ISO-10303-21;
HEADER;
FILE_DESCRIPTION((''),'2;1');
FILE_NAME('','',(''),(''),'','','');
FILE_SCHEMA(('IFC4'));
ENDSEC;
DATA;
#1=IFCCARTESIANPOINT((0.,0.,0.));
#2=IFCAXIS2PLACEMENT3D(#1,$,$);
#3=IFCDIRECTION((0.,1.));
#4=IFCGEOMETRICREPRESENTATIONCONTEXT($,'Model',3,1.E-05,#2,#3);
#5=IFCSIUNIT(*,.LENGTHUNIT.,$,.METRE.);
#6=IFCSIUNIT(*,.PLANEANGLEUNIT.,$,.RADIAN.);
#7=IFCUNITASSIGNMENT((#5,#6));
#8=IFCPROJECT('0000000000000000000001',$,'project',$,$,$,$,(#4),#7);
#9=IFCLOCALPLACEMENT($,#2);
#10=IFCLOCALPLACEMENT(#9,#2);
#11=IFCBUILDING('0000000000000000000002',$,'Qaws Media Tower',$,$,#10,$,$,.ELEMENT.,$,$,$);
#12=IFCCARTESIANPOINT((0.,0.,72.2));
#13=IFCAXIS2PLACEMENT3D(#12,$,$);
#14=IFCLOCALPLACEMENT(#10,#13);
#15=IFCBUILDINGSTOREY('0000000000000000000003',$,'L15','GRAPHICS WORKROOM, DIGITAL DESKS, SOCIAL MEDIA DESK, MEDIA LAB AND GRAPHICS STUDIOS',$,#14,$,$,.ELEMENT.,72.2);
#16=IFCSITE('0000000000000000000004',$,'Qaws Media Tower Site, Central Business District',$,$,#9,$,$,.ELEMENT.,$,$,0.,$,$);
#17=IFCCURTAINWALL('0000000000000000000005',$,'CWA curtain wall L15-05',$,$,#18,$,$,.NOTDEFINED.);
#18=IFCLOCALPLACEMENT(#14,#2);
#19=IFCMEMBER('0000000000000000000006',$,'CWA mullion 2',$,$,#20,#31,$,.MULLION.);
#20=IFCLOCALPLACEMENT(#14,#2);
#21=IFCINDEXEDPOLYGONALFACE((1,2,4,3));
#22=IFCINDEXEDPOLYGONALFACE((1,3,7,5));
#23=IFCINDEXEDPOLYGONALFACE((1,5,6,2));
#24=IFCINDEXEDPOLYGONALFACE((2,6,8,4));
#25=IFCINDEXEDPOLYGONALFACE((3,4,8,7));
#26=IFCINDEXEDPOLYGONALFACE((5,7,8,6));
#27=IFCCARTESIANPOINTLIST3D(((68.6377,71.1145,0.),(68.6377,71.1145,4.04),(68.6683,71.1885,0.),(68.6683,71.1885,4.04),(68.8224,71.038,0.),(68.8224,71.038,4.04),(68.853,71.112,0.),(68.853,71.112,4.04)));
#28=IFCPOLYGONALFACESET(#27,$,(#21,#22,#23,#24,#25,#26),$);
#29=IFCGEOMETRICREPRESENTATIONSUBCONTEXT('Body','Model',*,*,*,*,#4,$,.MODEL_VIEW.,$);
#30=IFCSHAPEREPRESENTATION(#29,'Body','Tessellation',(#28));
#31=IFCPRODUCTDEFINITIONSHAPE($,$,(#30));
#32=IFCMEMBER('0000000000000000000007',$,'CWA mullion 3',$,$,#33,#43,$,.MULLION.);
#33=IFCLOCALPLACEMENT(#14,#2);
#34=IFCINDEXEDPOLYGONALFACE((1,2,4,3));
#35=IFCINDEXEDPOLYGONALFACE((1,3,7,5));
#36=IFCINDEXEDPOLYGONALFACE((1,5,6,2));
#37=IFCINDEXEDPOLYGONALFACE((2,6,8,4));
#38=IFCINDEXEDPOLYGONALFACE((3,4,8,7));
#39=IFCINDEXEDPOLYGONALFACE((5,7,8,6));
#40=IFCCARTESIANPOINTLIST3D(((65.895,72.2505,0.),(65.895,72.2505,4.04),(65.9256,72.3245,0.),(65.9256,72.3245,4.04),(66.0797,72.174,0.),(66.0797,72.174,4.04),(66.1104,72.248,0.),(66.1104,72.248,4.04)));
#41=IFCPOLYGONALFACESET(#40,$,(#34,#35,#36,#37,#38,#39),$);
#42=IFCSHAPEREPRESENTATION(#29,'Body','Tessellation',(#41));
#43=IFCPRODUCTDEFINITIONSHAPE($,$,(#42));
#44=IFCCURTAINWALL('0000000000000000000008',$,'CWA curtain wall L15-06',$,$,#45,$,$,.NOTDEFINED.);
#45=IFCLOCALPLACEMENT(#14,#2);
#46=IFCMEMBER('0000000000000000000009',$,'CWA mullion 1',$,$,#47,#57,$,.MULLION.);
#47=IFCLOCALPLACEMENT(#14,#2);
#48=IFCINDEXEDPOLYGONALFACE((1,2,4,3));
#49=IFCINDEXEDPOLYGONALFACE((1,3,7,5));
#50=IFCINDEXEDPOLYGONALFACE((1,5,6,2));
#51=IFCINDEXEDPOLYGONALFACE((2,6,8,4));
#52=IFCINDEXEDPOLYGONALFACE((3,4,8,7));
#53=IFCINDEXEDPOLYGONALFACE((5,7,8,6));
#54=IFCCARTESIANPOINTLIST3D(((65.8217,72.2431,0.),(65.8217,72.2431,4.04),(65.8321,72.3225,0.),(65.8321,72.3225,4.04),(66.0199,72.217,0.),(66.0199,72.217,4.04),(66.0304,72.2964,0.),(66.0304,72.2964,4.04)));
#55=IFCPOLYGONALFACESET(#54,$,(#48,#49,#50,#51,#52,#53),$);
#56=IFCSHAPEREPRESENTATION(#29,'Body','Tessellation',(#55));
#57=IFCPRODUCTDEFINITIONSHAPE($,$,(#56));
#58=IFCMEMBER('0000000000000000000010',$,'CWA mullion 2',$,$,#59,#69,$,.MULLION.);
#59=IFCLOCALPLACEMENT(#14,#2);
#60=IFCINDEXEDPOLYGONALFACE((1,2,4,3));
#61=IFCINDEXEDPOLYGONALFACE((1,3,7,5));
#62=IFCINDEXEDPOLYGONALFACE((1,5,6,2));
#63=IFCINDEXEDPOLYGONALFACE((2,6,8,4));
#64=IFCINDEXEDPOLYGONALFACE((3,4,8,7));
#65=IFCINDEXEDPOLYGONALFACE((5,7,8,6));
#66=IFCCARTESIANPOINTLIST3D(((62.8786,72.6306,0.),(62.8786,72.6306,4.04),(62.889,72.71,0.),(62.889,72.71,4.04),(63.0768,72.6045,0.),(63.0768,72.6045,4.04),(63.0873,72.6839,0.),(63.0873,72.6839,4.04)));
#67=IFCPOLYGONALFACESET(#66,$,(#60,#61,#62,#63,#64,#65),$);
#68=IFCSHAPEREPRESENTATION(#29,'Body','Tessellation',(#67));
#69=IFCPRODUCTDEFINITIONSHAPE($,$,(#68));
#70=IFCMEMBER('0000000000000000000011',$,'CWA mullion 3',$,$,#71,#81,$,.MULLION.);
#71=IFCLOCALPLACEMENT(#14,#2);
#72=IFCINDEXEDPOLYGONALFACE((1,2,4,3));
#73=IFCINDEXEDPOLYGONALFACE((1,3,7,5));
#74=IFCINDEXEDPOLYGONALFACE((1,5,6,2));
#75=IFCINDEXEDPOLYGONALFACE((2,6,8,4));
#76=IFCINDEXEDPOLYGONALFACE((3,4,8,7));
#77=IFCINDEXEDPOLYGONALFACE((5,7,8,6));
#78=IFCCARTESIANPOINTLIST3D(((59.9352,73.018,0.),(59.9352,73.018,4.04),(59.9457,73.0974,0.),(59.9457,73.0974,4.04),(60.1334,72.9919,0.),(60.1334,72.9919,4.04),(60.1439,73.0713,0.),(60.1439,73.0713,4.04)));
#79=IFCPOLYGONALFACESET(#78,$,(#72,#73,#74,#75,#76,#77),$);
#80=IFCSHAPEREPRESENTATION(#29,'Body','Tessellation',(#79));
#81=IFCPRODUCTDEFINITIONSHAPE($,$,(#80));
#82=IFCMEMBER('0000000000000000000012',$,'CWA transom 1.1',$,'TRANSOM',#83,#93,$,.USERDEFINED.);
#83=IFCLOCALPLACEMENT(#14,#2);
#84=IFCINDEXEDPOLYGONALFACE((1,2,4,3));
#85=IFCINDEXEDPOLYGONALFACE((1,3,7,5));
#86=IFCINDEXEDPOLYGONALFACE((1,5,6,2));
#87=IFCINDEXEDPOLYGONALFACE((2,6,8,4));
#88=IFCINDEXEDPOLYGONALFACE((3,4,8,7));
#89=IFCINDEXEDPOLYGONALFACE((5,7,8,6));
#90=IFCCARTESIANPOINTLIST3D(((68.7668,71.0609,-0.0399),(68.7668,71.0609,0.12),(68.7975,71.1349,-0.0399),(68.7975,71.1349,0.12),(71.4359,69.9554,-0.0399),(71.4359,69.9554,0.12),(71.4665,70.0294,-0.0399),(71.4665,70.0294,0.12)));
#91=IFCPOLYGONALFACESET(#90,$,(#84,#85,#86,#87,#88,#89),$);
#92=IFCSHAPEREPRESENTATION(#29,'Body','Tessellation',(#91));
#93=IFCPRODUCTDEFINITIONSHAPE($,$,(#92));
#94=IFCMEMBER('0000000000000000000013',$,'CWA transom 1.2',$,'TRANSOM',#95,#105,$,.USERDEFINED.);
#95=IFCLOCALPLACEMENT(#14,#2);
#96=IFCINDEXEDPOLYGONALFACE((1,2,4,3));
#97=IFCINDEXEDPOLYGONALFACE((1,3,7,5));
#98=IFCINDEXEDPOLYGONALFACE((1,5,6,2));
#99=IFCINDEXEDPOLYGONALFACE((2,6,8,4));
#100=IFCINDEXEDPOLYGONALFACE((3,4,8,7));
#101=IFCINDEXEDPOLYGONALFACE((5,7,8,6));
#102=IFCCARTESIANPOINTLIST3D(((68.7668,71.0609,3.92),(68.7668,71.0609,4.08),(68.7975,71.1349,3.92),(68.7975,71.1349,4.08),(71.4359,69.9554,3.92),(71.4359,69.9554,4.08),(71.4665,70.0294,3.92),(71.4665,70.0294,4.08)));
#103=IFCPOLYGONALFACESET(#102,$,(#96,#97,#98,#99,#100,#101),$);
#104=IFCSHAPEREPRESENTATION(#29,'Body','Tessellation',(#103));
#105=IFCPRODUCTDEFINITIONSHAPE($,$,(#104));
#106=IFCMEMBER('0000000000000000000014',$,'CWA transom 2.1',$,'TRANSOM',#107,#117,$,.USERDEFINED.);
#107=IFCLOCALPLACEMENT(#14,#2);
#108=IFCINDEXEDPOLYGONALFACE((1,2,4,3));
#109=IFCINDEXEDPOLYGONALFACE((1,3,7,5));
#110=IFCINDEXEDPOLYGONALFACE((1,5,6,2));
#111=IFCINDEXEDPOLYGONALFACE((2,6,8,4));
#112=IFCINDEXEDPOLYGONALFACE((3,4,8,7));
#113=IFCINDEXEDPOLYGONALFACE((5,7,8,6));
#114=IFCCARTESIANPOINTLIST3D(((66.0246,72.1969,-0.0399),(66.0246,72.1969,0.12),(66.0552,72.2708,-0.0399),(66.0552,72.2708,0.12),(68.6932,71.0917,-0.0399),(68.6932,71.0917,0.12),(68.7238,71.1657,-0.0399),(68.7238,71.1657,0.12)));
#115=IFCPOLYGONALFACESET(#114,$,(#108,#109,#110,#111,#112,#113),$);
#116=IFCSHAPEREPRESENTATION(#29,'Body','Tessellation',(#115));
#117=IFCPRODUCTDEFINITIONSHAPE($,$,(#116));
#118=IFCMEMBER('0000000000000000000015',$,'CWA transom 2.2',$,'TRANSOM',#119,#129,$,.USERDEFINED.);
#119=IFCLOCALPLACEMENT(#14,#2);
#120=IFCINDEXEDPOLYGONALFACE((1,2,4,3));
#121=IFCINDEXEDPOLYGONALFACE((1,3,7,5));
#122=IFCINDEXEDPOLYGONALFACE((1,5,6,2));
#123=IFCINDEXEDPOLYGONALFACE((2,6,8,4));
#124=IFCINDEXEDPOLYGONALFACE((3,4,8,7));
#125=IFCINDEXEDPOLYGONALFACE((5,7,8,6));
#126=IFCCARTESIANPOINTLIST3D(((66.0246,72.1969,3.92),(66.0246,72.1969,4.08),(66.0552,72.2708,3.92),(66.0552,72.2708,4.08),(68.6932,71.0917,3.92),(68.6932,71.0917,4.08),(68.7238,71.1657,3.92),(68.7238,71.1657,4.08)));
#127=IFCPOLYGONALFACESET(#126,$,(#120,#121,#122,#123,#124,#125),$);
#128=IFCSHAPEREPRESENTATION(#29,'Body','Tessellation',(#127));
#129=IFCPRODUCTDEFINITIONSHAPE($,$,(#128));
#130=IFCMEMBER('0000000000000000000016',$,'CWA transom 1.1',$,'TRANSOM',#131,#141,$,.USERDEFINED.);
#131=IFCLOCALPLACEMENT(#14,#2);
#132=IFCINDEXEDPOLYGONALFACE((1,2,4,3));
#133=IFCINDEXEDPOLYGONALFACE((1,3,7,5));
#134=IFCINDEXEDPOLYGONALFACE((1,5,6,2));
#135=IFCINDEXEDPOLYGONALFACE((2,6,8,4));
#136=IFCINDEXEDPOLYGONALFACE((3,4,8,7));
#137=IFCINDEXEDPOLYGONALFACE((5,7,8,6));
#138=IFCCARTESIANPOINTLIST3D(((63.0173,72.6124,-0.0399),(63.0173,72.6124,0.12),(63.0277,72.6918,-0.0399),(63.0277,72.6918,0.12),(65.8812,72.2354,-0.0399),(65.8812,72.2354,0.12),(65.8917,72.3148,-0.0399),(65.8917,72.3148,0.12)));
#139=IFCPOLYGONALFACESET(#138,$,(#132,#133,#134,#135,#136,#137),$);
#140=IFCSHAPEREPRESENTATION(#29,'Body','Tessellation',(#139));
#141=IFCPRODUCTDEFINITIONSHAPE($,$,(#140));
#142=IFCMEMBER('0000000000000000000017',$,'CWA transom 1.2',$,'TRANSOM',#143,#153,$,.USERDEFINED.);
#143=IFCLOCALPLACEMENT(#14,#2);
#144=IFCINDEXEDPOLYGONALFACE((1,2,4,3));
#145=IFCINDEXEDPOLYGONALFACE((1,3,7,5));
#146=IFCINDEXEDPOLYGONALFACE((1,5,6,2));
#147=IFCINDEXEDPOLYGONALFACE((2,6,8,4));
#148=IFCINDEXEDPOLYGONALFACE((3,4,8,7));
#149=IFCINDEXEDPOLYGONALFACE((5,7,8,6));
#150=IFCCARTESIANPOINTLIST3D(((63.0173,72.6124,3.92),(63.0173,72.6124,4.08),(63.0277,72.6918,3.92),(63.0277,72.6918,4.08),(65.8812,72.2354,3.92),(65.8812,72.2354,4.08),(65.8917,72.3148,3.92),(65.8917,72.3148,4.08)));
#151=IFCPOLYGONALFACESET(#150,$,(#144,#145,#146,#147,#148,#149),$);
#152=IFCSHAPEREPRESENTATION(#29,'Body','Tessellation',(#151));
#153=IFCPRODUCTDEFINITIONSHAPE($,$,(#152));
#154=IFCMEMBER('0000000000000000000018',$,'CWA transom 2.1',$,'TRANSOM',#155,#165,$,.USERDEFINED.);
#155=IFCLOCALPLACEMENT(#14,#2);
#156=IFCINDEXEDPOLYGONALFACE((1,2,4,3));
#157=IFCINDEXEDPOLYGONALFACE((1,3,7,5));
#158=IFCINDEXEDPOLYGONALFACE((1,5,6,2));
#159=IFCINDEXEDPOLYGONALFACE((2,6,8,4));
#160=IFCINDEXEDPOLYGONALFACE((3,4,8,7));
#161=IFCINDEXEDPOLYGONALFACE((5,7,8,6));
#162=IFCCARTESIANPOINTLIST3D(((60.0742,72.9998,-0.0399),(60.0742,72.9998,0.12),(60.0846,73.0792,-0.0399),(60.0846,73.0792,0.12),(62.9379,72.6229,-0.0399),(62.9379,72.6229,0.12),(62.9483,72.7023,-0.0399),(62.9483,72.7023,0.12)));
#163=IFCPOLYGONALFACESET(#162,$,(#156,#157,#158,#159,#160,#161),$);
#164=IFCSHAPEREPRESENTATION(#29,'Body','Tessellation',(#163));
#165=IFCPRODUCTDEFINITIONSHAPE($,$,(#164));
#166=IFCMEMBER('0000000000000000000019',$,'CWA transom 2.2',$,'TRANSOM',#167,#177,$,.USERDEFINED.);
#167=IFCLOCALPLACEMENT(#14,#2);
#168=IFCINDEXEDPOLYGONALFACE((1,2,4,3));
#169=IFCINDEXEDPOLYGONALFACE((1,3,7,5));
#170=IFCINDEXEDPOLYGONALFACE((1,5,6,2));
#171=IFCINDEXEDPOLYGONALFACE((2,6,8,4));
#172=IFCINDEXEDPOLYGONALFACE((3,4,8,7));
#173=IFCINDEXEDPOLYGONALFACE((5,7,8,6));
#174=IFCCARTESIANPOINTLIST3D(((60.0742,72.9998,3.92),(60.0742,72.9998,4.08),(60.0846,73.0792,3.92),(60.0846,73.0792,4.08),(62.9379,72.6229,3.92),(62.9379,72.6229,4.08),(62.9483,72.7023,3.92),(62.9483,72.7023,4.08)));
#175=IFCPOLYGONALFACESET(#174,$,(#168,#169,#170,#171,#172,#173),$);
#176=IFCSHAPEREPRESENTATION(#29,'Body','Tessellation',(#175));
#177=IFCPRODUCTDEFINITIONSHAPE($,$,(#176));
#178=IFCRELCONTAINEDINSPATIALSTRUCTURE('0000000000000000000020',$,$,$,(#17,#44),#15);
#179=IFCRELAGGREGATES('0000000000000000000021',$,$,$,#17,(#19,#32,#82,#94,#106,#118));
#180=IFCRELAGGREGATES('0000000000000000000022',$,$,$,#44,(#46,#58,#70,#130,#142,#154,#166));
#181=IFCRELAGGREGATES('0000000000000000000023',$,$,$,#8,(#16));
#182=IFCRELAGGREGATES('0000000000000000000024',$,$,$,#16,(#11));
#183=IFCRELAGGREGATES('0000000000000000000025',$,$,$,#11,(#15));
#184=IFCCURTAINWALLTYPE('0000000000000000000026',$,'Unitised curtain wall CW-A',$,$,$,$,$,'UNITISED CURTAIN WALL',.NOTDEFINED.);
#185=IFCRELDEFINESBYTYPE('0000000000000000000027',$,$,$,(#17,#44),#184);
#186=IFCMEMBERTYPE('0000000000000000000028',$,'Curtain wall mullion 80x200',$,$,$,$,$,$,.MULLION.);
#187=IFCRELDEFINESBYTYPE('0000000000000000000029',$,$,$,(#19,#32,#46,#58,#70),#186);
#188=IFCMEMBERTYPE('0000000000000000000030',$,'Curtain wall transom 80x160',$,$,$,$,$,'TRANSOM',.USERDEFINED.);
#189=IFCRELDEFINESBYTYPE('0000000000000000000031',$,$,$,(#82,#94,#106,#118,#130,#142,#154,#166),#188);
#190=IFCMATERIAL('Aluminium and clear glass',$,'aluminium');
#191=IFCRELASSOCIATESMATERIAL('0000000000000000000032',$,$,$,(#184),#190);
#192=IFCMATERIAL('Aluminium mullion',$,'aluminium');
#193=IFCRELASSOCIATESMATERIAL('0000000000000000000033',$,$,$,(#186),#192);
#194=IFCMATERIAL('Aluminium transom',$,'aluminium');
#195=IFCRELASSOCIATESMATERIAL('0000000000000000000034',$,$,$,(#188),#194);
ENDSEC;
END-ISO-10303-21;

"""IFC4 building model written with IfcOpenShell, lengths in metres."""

from ifc_helpers import new_model, si_unit, direction, frame, origin, origin_2d, place, context, subcontext, project, spatial, rectangle, extrude, material, material_profile, profile_set, type_object, element, aggregate, save


model = new_model("IFC4")

# Units and contexts
model_context = context("Model", 3, precision=1e-05, world=origin(), true_north=direction((0.0, 1.0)))
body_context = subcontext(model_context, "Body", "Model", "MODEL_VIEW")
ifc_project = project(units=[si_unit("LENGTHUNIT", "METRE"), si_unit("PLANEANGLEUNIT", "RADIAN")], contexts=[model_context])

# Site, building, storey
site_placement = place(None, origin())
site = spatial("IfcSite", under=ifc_project, at=site_placement, Name="Qaws Media Tower Site, Central Business District", CompositionType="ELEMENT", RefElevation=0.0)
building_placement = place(site_placement, origin())
building = spatial("IfcBuilding", under=site, at=building_placement, Name="Qaws Media Tower", CompositionType="ELEMENT")
storey_placement = place(building_placement, frame((0.0, 0.0, 72.2)))
storey = spatial("IfcBuildingStorey", under=building, at=storey_placement, Name="L15", Description="GRAPHICS WORKROOM, DIGITAL DESKS, SOCIAL MEDIA DESK, MEDIA LAB AND GRAPHICS STUDIOS", CompositionType="ELEMENT", Elevation=72.2)

# Curtain walls, members
ifc_material_1 = material(Name="Aluminium and clear glass", Category="aluminium")
curtain_wall_type = type_object("IfcCurtainWallType", Name="Unitised curtain wall CW-A", ElementType="UNITISED CURTAIN WALL", PredefinedType="NOTDEFINED", material=ifc_material_1)
curtain_wall_1_placement = place(storey_placement, origin())
curtain_wall_1 = element("IfcCurtainWall", 1, at=curtain_wall_1_placement, inside=storey, type_object=curtain_wall_type, Name="CWA curtain wall L15-05", PredefinedType="NOTDEFINED")
ifc_material_2 = material(Name="Aluminium mullion", Category="aluminium")
ifc_material_profile_1 = material_profile(ifc_material_2, rectangle(XDim=0.0801, YDim=0.2, at=origin_2d()), Name="80x200")
ifc_profile_set_1 = profile_set([ifc_material_profile_1], Name="Aluminium mullion")
member_type_1 = type_object("IfcMemberType", Name="Curtain wall mullion 80x200", PredefinedType="MULLION", material=ifc_profile_set_1)
member_1_placement = place(storey_placement, frame((68.7454, 71.1133, 0.0), z_axis=(0.0, 0.0, 1.0), x_axis=(-0.382683, -0.92388, 0.0)))
member_1 = element("IfcMember", 2, at=member_1_placement, type_object=member_type_1, Name="CWA mullion 2", PredefinedType="MULLION", context=body_context, shape_type="SweptSolid", body=[
    extrude(rectangle(XDim=0.0801, YDim=0.2, at=origin_2d()), origin(), (0.0, 0.0, 1.0), 4.04),
])
member_2_placement = place(storey_placement, frame((66.0027, 72.2493, 0.0), z_axis=(0.0, 0.0, 1.0), x_axis=(-0.382683, -0.92388, 0.0)))
member_2 = element("IfcMember", 3, at=member_2_placement, type_object=member_type_1, Name="CWA mullion 3", PredefinedType="MULLION", context=body_context, shape_type="SweptSolid", body=[
    extrude(rectangle(XDim=0.0801, YDim=0.2, at=origin_2d()), origin(), (0.0, 0.0, 1.0), 4.04),
])
curtain_wall_2_placement = place(storey_placement, origin())
curtain_wall_2 = element("IfcCurtainWall", 4, at=curtain_wall_2_placement, inside=storey, type_object=curtain_wall_type, Name="CWA curtain wall L15-06", PredefinedType="NOTDEFINED")
member_3_placement = place(storey_placement, frame((65.926, 72.2698, 0.0), z_axis=(0.0, 0.0, 1.0), x_axis=(-0.130526, -0.991445, 0.0)))
member_3 = element("IfcMember", 5, at=member_3_placement, type_object=member_type_1, Name="CWA mullion 1", PredefinedType="MULLION", context=body_context, shape_type="SweptSolid", body=[
    extrude(rectangle(XDim=0.0801, YDim=0.2, at=origin_2d()), origin(), (0.0, 0.0, 1.0), 4.04),
])
member_4_placement = place(storey_placement, frame((62.9829, 72.6572, 0.0), z_axis=(0.0, 0.0, 1.0), x_axis=(-0.130526, -0.991445, 0.0)))
member_4 = element("IfcMember", 6, at=member_4_placement, type_object=member_type_1, Name="CWA mullion 2", PredefinedType="MULLION", context=body_context, shape_type="SweptSolid", body=[
    extrude(rectangle(XDim=0.0801, YDim=0.2, at=origin_2d()), origin(), (0.0, 0.0, 1.0), 4.04),
])
member_5_placement = place(storey_placement, frame((60.0396, 73.0447, 0.0), z_axis=(0.0, 0.0, 1.0), x_axis=(-0.130526, -0.991445, 0.0)))
member_5 = element("IfcMember", 7, at=member_5_placement, type_object=member_type_1, Name="CWA mullion 3", PredefinedType="MULLION", context=body_context, shape_type="SweptSolid", body=[
    extrude(rectangle(XDim=0.0801, YDim=0.2, at=origin_2d()), origin(), (0.0, 0.0, 1.0), 4.04),
])

# Members
ifc_material_3 = material(Name="Aluminium transom", Category="aluminium")
ifc_material_profile_2 = material_profile(ifc_material_3, rectangle(XDim=0.0801, YDim=0.1599, at=origin_2d()), Name="80x160")
ifc_profile_set_2 = profile_set([ifc_material_profile_2], Name="Aluminium transom")
member_type_2 = type_object("IfcMemberType", Name="Curtain wall transom 80x160", ElementType="TRANSOM", PredefinedType="USERDEFINED", material=ifc_profile_set_2)
member_6_placement = place(storey_placement, frame((71.4512, 69.9924, 0.04), z_axis=(-0.923885, 0.38267, 0.0), x_axis=(-0.38267, -0.923885, 0.0)))
member_6 = element("IfcMember", 8, at=member_6_placement, type_object=member_type_2, Name="CWA transom 1.1", ObjectType="TRANSOM", PredefinedType="USERDEFINED", context=body_context, shape_type="SweptSolid", body=[
    extrude(rectangle(XDim=0.0801, YDim=0.1599, at=origin_2d()), origin(), (0.0, 0.0, 1.0), 2.8889),
])
member_7_placement = place(storey_placement, frame((71.4512, 69.9924, 4.0), z_axis=(-0.923885, 0.38267, 0.0), x_axis=(-0.38267, -0.923885, 0.0)))
member_7 = element("IfcMember", 9, at=member_7_placement, type_object=member_type_2, Name="CWA transom 1.2", ObjectType="TRANSOM", PredefinedType="USERDEFINED", context=body_context, shape_type="SweptSolid", body=[
    extrude(rectangle(XDim=0.0801, YDim=0.1599, at=origin_2d()), origin(), (0.0, 0.0, 1.0), 2.8889),
])
member_8_placement = place(storey_placement, frame((68.7085, 71.1287, 0.04), z_axis=(-0.923902, 0.382628, 0.0), x_axis=(-0.382628, -0.923902, 0.0)))
member_8 = element("IfcMember", 10, at=member_8_placement, type_object=member_type_2, Name="CWA transom 2.1", ObjectType="TRANSOM", PredefinedType="USERDEFINED", context=body_context, shape_type="SweptSolid", body=[
    extrude(rectangle(XDim=0.0801, YDim=0.1599, at=origin_2d()), origin(), (0.0, 0.0, 1.0), 2.8884),
])
member_9_placement = place(storey_placement, frame((68.7085, 71.1287, 4.0), z_axis=(-0.923902, 0.382628, 0.0), x_axis=(-0.382628, -0.923902, 0.0)))
member_9 = element("IfcMember", 11, at=member_9_placement, type_object=member_type_2, Name="CWA transom 2.2", ObjectType="TRANSOM", PredefinedType="USERDEFINED", context=body_context, shape_type="SweptSolid", body=[
    extrude(rectangle(XDim=0.0801, YDim=0.1599, at=origin_2d()), origin(), (0.0, 0.0, 1.0), 2.8884),
])
member_10_placement = place(storey_placement, frame((65.8865, 72.2751, 0.04), z_axis=(-0.991449, 0.130492, 0.0), x_axis=(-0.130492, -0.991449, 0.0)))
member_10 = element("IfcMember", 12, at=member_10_placement, type_object=member_type_2, Name="CWA transom 1.1", ObjectType="TRANSOM", PredefinedType="USERDEFINED", context=body_context, shape_type="SweptSolid", body=[
    extrude(rectangle(XDim=0.0801, YDim=0.1599, at=origin_2d()), origin(), (0.0, 0.0, 1.0), 2.8887),
])
member_11_placement = place(storey_placement, frame((65.8865, 72.2751, 4.0), z_axis=(-0.991449, 0.130492, 0.0), x_axis=(-0.130492, -0.991449, 0.0)))
member_11 = element("IfcMember", 13, at=member_11_placement, type_object=member_type_2, Name="CWA transom 1.2", ObjectType="TRANSOM", PredefinedType="USERDEFINED", context=body_context, shape_type="SweptSolid", body=[
    extrude(rectangle(XDim=0.0801, YDim=0.1599, at=origin_2d()), origin(), (0.0, 0.0, 1.0), 2.8887),
])
member_12_placement = place(storey_placement, frame((62.9431, 72.6626, 0.04), z_axis=(-0.991448, 0.130503, 0.0), x_axis=(-0.130503, -0.991448, 0.0)))
member_12 = element("IfcMember", 14, at=member_12_placement, type_object=member_type_2, Name="CWA transom 2.1", ObjectType="TRANSOM", PredefinedType="USERDEFINED", context=body_context, shape_type="SweptSolid", body=[
    extrude(rectangle(XDim=0.0801, YDim=0.1599, at=origin_2d()), origin(), (0.0, 0.0, 1.0), 2.8884),
])
member_13_placement = place(storey_placement, frame((62.9431, 72.6626, 4.0), z_axis=(-0.991448, 0.130503, 0.0), x_axis=(-0.130503, -0.991448, 0.0)))
member_13 = element("IfcMember", 15, at=member_13_placement, type_object=member_type_2, Name="CWA transom 2.2", ObjectType="TRANSOM", PredefinedType="USERDEFINED", context=body_context, shape_type="SweptSolid", body=[
    extrude(rectangle(XDim=0.0801, YDim=0.1599, at=origin_2d()), origin(), (0.0, 0.0, 1.0), 2.8884),
])

aggregate(curtain_wall_1, [member_1, member_2, member_6, member_7, member_8, member_9])
aggregate(curtain_wall_2, [member_3, member_4, member_5, member_10, member_11, member_12, member_13])

save(model, "model.ifc")
